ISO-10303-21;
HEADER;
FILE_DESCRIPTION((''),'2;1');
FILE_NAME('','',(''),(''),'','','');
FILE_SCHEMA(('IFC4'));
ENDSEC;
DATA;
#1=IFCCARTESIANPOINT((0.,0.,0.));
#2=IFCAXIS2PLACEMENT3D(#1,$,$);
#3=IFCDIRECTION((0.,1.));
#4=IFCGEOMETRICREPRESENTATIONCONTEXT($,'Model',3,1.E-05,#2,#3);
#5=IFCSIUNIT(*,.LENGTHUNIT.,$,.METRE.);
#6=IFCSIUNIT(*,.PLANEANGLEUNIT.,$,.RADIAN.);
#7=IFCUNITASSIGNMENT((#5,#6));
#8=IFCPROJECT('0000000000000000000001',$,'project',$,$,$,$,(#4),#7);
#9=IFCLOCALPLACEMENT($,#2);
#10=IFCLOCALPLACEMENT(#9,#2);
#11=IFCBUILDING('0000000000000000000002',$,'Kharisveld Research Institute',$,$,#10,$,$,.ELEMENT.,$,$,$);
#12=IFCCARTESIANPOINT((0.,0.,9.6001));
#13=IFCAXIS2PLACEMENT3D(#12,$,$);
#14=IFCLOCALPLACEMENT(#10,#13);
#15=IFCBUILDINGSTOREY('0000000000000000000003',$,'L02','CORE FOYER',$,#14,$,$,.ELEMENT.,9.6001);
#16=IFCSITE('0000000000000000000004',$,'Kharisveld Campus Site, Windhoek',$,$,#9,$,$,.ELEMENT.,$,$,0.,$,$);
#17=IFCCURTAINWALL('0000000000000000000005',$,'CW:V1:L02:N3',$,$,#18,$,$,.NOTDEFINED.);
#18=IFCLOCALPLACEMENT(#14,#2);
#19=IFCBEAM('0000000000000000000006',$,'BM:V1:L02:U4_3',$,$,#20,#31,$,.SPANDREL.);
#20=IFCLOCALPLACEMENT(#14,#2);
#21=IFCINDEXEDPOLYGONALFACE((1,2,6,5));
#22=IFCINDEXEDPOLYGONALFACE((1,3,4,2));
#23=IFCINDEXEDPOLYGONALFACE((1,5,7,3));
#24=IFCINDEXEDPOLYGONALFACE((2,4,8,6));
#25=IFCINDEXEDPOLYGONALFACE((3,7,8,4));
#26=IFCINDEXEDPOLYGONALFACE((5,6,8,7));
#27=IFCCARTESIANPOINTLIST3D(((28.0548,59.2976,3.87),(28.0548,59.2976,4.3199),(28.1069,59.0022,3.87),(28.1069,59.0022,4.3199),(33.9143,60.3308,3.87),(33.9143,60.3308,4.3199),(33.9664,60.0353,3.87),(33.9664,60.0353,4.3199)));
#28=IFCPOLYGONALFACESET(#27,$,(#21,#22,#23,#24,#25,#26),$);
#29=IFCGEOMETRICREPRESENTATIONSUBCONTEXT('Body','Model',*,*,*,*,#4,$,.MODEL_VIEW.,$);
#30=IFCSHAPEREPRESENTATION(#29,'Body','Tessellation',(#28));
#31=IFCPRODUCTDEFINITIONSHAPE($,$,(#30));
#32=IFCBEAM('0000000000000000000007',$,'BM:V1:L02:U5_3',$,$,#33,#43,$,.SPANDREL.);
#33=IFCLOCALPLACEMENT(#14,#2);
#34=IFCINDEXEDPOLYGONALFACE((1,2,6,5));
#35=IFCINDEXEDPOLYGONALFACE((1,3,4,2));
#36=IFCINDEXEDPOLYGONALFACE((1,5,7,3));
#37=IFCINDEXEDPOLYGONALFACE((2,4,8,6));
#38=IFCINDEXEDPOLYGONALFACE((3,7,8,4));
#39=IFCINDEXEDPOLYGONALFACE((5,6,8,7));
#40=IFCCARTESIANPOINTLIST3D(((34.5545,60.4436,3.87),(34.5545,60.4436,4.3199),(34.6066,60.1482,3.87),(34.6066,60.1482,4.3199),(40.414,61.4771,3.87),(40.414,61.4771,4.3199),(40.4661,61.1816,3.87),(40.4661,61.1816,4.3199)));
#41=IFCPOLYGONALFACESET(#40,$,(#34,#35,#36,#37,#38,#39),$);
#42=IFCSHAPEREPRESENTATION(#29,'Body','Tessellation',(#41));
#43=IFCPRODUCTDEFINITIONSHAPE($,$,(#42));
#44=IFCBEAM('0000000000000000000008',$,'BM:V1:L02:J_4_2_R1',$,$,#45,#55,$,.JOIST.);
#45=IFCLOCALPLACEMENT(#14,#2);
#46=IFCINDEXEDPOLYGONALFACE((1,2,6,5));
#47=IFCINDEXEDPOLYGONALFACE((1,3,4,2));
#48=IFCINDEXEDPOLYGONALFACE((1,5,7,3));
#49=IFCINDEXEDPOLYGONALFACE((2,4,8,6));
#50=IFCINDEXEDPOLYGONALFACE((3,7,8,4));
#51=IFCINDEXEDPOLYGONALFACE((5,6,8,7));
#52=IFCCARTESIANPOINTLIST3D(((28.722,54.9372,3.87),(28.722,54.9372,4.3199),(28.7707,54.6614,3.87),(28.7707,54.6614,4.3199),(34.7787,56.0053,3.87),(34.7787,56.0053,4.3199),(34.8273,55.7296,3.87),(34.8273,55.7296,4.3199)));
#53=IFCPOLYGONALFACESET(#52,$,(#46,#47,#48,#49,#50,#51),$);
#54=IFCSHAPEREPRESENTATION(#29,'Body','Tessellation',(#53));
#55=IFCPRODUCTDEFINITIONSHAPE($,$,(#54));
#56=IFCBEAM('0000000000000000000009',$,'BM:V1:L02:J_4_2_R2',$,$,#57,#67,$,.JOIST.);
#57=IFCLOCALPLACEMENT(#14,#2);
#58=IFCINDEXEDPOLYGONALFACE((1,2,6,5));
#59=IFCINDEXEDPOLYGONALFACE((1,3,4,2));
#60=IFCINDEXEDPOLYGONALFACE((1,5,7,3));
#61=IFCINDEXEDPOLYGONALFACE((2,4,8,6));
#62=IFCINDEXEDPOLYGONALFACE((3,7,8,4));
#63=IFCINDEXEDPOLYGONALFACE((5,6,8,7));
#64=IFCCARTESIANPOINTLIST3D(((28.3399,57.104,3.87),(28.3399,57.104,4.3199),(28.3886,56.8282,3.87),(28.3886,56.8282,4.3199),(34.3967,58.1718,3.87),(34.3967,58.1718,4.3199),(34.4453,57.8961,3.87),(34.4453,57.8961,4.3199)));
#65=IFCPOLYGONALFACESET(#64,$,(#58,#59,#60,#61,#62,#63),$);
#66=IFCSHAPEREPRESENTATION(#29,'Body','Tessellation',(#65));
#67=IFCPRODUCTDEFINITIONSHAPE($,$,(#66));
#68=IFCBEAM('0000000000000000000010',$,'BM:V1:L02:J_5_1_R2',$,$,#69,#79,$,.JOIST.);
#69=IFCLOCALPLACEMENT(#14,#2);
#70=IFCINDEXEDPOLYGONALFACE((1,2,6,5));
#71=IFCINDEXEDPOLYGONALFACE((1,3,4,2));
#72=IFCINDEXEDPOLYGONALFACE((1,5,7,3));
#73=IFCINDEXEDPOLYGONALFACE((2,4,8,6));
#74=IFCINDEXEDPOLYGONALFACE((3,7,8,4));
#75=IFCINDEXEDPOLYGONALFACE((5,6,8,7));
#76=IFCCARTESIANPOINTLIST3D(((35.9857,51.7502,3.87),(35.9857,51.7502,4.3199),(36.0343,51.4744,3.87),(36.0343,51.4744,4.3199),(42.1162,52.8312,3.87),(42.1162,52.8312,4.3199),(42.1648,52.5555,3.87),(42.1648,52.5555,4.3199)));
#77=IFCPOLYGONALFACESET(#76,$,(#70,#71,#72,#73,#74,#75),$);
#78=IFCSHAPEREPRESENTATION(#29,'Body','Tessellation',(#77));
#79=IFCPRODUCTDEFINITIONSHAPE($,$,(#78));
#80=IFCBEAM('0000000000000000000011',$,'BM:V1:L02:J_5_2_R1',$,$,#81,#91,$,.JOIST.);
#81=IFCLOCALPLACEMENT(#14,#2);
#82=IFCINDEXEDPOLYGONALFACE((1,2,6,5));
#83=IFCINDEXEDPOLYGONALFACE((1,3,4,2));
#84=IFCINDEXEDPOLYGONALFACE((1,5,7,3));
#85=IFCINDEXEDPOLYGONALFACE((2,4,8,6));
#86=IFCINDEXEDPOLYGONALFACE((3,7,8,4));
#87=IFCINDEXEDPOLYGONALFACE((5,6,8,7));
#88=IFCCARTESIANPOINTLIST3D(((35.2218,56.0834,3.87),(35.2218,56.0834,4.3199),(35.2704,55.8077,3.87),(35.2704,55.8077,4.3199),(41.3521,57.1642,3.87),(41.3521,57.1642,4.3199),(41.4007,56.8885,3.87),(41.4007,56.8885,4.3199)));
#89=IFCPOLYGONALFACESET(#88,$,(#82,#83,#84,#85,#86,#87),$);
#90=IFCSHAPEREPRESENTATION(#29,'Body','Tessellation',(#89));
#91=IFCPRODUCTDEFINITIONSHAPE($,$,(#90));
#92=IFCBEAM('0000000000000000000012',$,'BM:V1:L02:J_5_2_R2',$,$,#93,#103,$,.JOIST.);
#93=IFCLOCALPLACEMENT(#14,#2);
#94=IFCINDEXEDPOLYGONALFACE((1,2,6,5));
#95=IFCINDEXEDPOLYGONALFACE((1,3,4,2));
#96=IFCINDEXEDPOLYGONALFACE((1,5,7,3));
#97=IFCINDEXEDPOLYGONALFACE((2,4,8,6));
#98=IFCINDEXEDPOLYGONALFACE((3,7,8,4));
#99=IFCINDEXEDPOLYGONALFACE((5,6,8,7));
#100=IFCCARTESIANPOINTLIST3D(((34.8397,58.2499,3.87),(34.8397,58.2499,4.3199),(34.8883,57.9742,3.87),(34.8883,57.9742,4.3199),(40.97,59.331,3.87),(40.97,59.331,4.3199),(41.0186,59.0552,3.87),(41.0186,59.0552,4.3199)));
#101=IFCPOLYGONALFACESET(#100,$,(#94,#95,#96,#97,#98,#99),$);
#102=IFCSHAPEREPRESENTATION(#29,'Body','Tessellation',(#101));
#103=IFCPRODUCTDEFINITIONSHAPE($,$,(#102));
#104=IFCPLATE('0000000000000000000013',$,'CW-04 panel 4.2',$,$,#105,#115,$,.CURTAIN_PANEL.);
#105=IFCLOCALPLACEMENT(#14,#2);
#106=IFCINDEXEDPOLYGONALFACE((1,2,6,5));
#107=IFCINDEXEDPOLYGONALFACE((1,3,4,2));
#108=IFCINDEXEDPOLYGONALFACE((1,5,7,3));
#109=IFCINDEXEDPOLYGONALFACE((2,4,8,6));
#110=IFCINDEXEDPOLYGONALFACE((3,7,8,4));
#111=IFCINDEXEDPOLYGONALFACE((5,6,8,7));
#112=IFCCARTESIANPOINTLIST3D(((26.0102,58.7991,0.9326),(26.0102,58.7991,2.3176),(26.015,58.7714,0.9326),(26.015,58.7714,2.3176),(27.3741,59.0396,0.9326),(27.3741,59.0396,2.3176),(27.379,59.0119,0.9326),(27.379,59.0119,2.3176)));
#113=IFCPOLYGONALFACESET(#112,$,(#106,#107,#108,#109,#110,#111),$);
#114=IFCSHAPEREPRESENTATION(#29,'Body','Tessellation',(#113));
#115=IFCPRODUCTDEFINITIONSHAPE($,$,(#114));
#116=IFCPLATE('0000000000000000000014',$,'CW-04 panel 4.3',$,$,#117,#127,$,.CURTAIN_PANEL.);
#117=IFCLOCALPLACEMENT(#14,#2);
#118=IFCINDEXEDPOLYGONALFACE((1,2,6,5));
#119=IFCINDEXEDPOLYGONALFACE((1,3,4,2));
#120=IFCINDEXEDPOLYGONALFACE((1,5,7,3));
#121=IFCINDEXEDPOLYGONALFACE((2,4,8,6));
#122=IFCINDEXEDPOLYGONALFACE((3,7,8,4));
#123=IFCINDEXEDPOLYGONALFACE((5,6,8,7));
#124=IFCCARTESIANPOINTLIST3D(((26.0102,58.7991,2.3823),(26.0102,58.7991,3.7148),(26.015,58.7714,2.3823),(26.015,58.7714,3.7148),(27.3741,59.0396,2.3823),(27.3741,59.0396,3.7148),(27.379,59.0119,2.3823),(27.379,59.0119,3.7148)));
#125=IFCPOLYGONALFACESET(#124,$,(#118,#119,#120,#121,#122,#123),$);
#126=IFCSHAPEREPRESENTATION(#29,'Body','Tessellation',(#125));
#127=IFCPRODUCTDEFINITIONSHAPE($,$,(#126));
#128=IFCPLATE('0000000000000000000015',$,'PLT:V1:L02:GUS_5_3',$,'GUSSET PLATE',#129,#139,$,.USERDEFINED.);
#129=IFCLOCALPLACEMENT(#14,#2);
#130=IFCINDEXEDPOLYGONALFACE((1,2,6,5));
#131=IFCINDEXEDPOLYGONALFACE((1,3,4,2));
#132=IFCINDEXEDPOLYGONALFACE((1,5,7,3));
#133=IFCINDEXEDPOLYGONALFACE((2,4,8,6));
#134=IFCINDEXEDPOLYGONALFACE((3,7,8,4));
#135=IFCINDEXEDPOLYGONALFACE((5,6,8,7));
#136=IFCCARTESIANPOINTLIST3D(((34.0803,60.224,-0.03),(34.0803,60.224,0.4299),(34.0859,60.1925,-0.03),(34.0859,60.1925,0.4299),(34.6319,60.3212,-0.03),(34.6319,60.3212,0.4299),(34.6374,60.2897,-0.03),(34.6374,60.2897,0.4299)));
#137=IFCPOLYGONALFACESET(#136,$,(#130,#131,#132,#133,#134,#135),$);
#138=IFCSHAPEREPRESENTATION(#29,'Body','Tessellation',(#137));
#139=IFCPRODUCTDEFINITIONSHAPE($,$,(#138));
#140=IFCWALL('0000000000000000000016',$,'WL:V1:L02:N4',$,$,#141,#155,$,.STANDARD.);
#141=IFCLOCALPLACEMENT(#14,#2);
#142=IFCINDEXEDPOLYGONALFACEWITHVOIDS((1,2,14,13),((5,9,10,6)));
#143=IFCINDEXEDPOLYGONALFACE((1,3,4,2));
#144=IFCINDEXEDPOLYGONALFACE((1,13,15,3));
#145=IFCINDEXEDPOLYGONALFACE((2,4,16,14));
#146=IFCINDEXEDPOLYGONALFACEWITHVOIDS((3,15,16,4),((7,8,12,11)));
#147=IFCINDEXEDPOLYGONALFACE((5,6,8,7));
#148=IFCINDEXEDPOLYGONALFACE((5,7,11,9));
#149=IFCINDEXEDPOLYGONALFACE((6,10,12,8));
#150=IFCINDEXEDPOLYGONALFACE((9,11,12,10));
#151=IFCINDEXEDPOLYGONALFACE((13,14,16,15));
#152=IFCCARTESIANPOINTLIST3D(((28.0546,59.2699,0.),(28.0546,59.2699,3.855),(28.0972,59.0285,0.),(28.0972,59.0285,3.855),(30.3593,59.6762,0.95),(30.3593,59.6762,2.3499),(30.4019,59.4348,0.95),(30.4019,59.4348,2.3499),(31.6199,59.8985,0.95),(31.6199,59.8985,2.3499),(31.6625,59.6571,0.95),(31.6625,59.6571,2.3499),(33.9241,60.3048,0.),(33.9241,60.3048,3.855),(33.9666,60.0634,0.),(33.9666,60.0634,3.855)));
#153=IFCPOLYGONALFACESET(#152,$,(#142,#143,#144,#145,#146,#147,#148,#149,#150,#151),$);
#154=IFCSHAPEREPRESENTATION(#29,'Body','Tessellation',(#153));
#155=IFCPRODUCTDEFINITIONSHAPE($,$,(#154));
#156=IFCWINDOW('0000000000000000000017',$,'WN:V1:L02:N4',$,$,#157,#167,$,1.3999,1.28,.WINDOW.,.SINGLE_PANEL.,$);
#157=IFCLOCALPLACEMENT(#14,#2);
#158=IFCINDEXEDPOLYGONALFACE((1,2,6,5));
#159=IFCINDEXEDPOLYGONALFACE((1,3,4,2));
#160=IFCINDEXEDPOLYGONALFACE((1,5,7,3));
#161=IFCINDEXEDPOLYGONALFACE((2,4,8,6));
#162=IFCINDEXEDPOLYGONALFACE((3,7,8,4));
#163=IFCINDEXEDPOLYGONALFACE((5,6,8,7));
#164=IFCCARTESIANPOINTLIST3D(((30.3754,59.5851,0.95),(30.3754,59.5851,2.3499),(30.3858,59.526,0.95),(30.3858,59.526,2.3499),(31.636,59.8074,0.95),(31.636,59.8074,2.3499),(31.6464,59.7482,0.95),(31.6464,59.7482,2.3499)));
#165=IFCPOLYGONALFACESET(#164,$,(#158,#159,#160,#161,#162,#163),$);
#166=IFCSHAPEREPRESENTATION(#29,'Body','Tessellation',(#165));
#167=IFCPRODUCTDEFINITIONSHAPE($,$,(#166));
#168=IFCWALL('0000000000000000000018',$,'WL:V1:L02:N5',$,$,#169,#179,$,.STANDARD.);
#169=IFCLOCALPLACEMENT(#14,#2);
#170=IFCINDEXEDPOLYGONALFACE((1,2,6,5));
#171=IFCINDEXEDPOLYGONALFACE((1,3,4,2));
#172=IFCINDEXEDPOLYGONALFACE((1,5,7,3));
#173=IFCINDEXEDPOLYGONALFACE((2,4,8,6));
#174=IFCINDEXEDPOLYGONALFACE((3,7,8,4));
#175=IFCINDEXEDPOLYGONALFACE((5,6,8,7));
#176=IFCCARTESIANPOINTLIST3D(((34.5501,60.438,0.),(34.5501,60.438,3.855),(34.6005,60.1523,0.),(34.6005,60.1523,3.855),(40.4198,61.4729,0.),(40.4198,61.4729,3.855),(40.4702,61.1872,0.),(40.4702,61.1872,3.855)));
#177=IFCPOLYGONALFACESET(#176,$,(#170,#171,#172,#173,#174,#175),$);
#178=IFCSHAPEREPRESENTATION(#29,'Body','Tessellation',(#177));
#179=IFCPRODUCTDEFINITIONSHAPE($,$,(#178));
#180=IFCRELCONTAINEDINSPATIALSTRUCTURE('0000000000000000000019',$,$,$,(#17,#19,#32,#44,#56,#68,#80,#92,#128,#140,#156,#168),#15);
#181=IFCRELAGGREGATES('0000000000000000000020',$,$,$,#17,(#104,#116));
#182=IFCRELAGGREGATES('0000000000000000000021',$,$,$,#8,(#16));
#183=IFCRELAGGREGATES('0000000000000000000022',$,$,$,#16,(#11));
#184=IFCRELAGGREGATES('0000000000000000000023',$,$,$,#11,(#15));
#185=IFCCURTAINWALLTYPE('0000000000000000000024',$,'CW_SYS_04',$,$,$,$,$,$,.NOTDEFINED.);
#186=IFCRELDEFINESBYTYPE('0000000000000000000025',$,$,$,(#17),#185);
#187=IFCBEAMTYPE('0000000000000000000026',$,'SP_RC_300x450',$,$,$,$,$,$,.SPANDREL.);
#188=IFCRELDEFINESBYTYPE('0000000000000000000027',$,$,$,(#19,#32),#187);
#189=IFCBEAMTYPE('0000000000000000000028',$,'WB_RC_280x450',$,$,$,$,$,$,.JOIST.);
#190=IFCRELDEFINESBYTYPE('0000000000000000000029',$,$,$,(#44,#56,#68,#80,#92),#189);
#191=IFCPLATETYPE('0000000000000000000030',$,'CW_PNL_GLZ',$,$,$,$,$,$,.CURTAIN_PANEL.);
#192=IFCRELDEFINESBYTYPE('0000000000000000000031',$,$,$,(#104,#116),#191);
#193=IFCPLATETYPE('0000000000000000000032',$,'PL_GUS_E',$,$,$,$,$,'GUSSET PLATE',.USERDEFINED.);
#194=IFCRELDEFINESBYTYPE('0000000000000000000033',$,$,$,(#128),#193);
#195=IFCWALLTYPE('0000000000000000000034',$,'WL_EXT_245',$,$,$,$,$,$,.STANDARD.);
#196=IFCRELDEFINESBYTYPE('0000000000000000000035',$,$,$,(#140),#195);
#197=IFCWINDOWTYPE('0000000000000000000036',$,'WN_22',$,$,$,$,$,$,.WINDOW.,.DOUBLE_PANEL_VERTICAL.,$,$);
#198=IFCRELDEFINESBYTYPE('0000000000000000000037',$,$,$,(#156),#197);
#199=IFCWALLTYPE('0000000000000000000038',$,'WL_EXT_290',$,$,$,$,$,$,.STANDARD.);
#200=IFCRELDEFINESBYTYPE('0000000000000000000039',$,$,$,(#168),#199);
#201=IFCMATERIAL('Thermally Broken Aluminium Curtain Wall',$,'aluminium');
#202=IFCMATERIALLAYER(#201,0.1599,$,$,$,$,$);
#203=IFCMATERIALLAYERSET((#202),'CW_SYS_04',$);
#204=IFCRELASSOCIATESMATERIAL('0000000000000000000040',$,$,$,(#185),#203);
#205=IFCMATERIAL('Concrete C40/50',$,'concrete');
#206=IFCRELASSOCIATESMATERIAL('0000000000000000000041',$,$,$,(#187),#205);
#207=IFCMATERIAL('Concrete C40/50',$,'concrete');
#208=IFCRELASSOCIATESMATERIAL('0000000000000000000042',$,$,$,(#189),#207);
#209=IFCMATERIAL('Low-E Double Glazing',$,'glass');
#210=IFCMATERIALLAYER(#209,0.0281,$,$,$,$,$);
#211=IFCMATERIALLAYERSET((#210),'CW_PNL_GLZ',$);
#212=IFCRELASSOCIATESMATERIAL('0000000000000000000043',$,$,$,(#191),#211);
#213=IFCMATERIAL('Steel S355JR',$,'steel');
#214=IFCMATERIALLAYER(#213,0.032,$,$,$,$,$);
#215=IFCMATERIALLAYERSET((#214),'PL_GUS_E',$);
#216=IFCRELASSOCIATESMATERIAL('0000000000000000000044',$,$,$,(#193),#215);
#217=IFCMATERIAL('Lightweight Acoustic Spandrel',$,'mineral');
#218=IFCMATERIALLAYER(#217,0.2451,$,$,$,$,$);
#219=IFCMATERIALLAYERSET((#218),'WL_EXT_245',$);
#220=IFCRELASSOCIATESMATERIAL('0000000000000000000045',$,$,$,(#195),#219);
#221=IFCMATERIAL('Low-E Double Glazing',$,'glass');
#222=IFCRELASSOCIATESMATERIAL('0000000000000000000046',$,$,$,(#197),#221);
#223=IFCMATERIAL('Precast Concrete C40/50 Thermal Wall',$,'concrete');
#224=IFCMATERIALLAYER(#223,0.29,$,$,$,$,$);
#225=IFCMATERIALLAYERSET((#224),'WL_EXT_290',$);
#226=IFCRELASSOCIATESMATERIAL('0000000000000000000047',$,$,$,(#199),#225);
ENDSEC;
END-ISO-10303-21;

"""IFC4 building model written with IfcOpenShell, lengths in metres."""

from ifc_helpers import new_model, si_unit, direction, frame, frame_2d, origin, origin_2d, place, context, subcontext, project, spatial, rectangle, extrude, material, layer, layer_set, material_profile, profile_set, type_object, element, fill, aggregate, save


model = new_model("IFC4")

# Units and contexts
model_context = context("Model", 3, precision=1e-05, world=origin(), true_north=direction((0.0, 1.0)))
body_context = subcontext(model_context, "Body", "Model", "MODEL_VIEW")
ifc_project = project(units=[si_unit("LENGTHUNIT", "METRE"), si_unit("PLANEANGLEUNIT", "RADIAN")], contexts=[model_context])

# Site, building, storey
site_placement = place(None, origin())
site = spatial("IfcSite", under=ifc_project, at=site_placement, Name="Kharisveld Campus Site, Windhoek", CompositionType="ELEMENT", RefElevation=0.0)
building_placement = place(site_placement, origin())
building = spatial("IfcBuilding", under=site, at=building_placement, Name="Kharisveld Research Institute", CompositionType="ELEMENT")
storey_placement = place(building_placement, frame((0.0, 0.0, 9.6001)))
storey = spatial("IfcBuildingStorey", under=building, at=storey_placement, Name="L02", Description="CORE FOYER", CompositionType="ELEMENT", Elevation=9.6001)

# Curtain wall
ifc_material_1 = material(Name="Thermally Broken Aluminium Curtain Wall", Category="aluminium")
ifc_layer_1 = layer(ifc_material_1, 0.1599)
ifc_layer_set_1 = layer_set([ifc_layer_1], Name="CW_SYS_04")
curtain_wall_type = type_object("IfcCurtainWallType", Name="CW_SYS_04", PredefinedType="NOTDEFINED", material=ifc_layer_set_1)
curtain_wall_placement = place(storey_placement, origin())
curtain_wall = element("IfcCurtainWall", 1, at=curtain_wall_placement, inside=storey, type_object=curtain_wall_type, Name="CW:V1:L02:N3", PredefinedType="NOTDEFINED")

# Beams
ifc_material_2 = material(Name="Concrete C40/50", Category="concrete")
ifc_material_profile_1 = material_profile(ifc_material_2, rectangle(XDim=0.3, YDim=0.45, at=origin_2d()))
ifc_profile_set_1 = profile_set([ifc_material_profile_1], Name="Concrete C40/50")
beam_type_1 = type_object("IfcBeamType", Name="SP_RC_300x450", PredefinedType="SPANDREL", material=ifc_profile_set_1)
for number, where, z_axis, x_axis, name in (
    (2, (28.0808, 59.1499, 4.095), (0.984808, 0.173647, 0.0), (-0.173647, 0.984808, 0.0), "BM:V1:L02:U4_3"),
    (3, (34.5806, 60.2959, 4.095), (0.984801, 0.173687, 0.0), (-0.173687, 0.984801, 0.0), "BM:V1:L02:U5_3"),
):
    element("IfcBeam", number, at=place(storey_placement, frame(where, z_axis=z_axis, x_axis=x_axis)), inside=storey, type_object=beam_type_1, Name=name, PredefinedType="SPANDREL", context=body_context, shape_type="SweptSolid", body=[
        extrude(rectangle(XDim=0.3, YDim=0.45, at=origin_2d()), origin(), (0.0, 0.0, 1.0), 5.95),
    ])
ifc_material_3 = material(Name="Concrete C40/50", Category="concrete")
ifc_material_profile_2 = material_profile(ifc_material_3, rectangle(XDim=0.28, YDim=0.45, at=origin_2d()))
ifc_profile_set_2 = profile_set([ifc_material_profile_2], Name="Concrete C40/50")
beam_type_2 = type_object("IfcBeamType", Name="WB_RC_280x450", PredefinedType="JOIST", material=ifc_profile_set_2)
for number, where, z_axis, x_axis, name in (
    (4, (28.7463, 54.7993, 4.095), (0.984803, 0.173674, 0.0), (-0.173674, 0.984803, 0.0), "BM:V1:L02:J_4_2_R1"),
    (5, (28.3643, 56.9661, 4.095), (0.98481, 0.173636, 0.0), (-0.173636, 0.98481, 0.0), "BM:V1:L02:J_4_2_R2"),
):
    element("IfcBeam", number, at=place(storey_placement, frame(where, z_axis=z_axis, x_axis=x_axis)), inside=storey, type_object=beam_type_2, Name=name, PredefinedType="JOIST", context=body_context, shape_type="SweptSolid", body=[
        extrude(rectangle(XDim=0.28, YDim=0.45, at=origin_2d()), origin(), (0.0, 0.0, 1.0), 6.1501),
    ])
beam_1_placement = place(storey_placement, frame((36.01, 51.6123, 4.095), z_axis=(0.984806, 0.173658, 0.0), x_axis=(-0.173658, 0.984806, 0.0)))
element("IfcBeam", 6, at=beam_1_placement, inside=storey, type_object=beam_type_2, Name="BM:V1:L02:J_5_1_R2", PredefinedType="JOIST", context=body_context, shape_type="SweptSolid", body=[
    extrude(rectangle(XDim=0.28, YDim=0.45, at=origin_2d()), origin(), (0.0, 0.0, 1.0), 6.2251),
])
for number, where, z_axis, x_axis, name in (
    (7, (35.2461, 55.9456, 4.095), (0.984812, 0.173626, 0.0), (-0.173626, 0.984812, 0.0), "BM:V1:L02:J_5_2_R1"),
    (8, (34.864, 58.1121, 4.095), (0.984805, 0.173665, 0.0), (-0.173665, 0.984805, 0.0), "BM:V1:L02:J_5_2_R2"),
):
    element("IfcBeam", number, at=place(storey_placement, frame(where, z_axis=z_axis, x_axis=x_axis)), inside=storey, type_object=beam_type_2, Name=name, PredefinedType="JOIST", context=body_context, shape_type="SweptSolid", body=[
        extrude(rectangle(XDim=0.28, YDim=0.45, at=origin_2d()), origin(), (0.0, 0.0, 1.0), 6.2249),
    ])

# Plates
ifc_material_4 = material(Name="Low-E Double Glazing", Category="glass")
ifc_layer_2 = layer(ifc_material_4, 0.0281)
ifc_layer_set_2 = layer_set([ifc_layer_2], Name="CW_PNL_GLZ")
plate_type_1 = type_object("IfcPlateType", Name="CW_PNL_GLZ", PredefinedType="CURTAIN_PANEL", material=ifc_layer_set_2)
plate_1_placement = place(storey_placement, frame((26.6946, 58.9055, 0.9326), z_axis=(0.0, 0.0, 1.0), x_axis=(0.984808, 0.173648, 0.0)))
plate_1 = element("IfcPlate", 9, at=plate_1_placement, type_object=plate_type_1, Name="CW-04 panel 4.2", PredefinedType="CURTAIN_PANEL", context=body_context, shape_type="SweptSolid", body=[
    extrude(rectangle(XDim=1.385, YDim=0.0281, at=origin_2d()), origin(), (0.0, 0.0, 1.0), 1.385),
])
plate_2_placement = place(storey_placement, frame((26.6946, 58.9055, 2.3823), z_axis=(0.0, 0.0, 1.0), x_axis=(0.984808, 0.173648, 0.0)))
plate_2 = element("IfcPlate", 10, at=plate_2_placement, type_object=plate_type_1, Name="CW-04 panel 4.3", PredefinedType="CURTAIN_PANEL", context=body_context, shape_type="SweptSolid", body=[
    extrude(rectangle(XDim=1.385, YDim=0.0281, at=origin_2d()), origin(), (0.0, 0.0, 1.0), 1.3325),
])
aggregate(curtain_wall, [plate_1, plate_2])
ifc_material_5 = material(Name="Steel S355JR", Category="steel")
ifc_layer_3 = layer(ifc_material_5, 0.032)
ifc_layer_set_3 = layer_set([ifc_layer_3], Name="PL_GUS_E")
plate_type_2 = type_object("IfcPlateType", Name="PL_GUS_E", ElementType="GUSSET PLATE", PredefinedType="USERDEFINED", material=ifc_layer_set_3)
plate_3_placement = place(storey_placement, frame((34.3589, 60.2568, -0.03), z_axis=(0.0, 0.0, 1.0), x_axis=(0.984808, 0.173648, 0.0)))
element("IfcPlate", 11, at=plate_3_placement, inside=storey, type_object=plate_type_2, Name="PLT:V1:L02:GUS_5_3", ObjectType="GUSSET PLATE", PredefinedType="USERDEFINED", context=body_context, shape_type="SweptSolid", body=[
    extrude(rectangle(XDim=0.5601, YDim=0.032, at=origin_2d()), origin(), (0.0, 0.0, 1.0), 0.46),
])

# Wall, opening, window
ifc_material_6 = material(Name="Lightweight Acoustic Spandrel", Category="mineral")
ifc_layer_4 = layer(ifc_material_6, 0.2451)
ifc_layer_set_4 = layer_set([ifc_layer_4], Name="WL_EXT_245")
wall_type_1 = type_object("IfcWallType", Name="WL_EXT_245", PredefinedType="STANDARD", material=ifc_layer_set_4)
wall_1_placement = place(storey_placement, frame((28.0759, 59.1492, 0.0), z_axis=(0.0, 0.0, 1.0), x_axis=(0.984808, 0.173645, 0.0)))
wall_1 = element("IfcWall", 12, at=wall_1_placement, inside=storey, type_object=wall_type_1, Name="WL:V1:L02:N4", PredefinedType="STANDARD", context=body_context, shape_type="SweptSolid", body=[
    extrude(rectangle(XDim=5.96, YDim=0.2451, at=frame_2d((2.98, 0.0))), origin(), (0.0, 0.0, 1.0), 3.855),
])
opening_placement = place(wall_1_placement, frame((2.3401, 0.0, 0.95)))
opening = element("IfcOpeningElement", 13, at=opening_placement, cuts=wall_1, PredefinedType="OPENING", context=body_context, shape_type="SweptSolid", body=[
    extrude(rectangle(XDim=1.28, YDim=1.3999, at=frame_2d((0.6401, 0.7))), frame((0.0, 0.1226, 0.0), z_axis=(0.0, -1.0, 0.0), x_axis=(1.0, 0.0, 0.0)), (0.0, 0.0, 1.0), 0.2451),
])
ifc_material_7 = material(Name="Low-E Double Glazing", Category="glass")
window_type = type_object("IfcWindowType", Name="WN_22", PartitioningType="DOUBLE_PANEL_VERTICAL", PredefinedType="WINDOW", material=ifc_material_7)
window_placement = place(opening_placement, origin())
window = element("IfcWindow", 14, at=window_placement, inside=storey, type_object=window_type, Name="WN:V1:L02:N4", OverallHeight=1.3999, OverallWidth=1.28, PartitioningType="SINGLE_PANEL", PredefinedType="WINDOW", context=body_context, shape_type="SweptSolid", body=[
    extrude(rectangle(XDim=1.28, YDim=1.3999, at=frame_2d((0.6401, 0.7))), frame((0.0, 0.03, 0.0), z_axis=(0.0, -1.0, 0.0), x_axis=(1.0, 0.0, 0.0)), (0.0, 0.0, 1.0), 0.0601),
])
fill(opening, window)

# Wall
ifc_material_8 = material(Name="Precast Concrete C40/50 Thermal Wall", Category="concrete")
ifc_layer_5 = layer(ifc_material_8, 0.29)
ifc_layer_set_5 = layer_set([ifc_layer_5], Name="WL_EXT_290")
wall_type_2 = type_object("IfcWallType", Name="WL_EXT_290", PredefinedType="STANDARD", material=ifc_layer_set_5)
wall_2_placement = place(storey_placement, frame((34.5754, 60.2952, 0.0), z_axis=(0.0, 0.0, 1.0), x_axis=(0.98481, 0.173638, 0.0)))
element("IfcWall", 15, at=wall_2_placement, inside=storey, type_object=wall_type_2, Name="WL:V1:L02:N5", PredefinedType="STANDARD", context=body_context, shape_type="SweptSolid", body=[
    extrude(rectangle(XDim=5.9602, YDim=0.29, at=frame_2d((2.98, 0.0))), origin(), (0.0, 0.0, 1.0), 3.855),
])

save(model, "model.ifc")
